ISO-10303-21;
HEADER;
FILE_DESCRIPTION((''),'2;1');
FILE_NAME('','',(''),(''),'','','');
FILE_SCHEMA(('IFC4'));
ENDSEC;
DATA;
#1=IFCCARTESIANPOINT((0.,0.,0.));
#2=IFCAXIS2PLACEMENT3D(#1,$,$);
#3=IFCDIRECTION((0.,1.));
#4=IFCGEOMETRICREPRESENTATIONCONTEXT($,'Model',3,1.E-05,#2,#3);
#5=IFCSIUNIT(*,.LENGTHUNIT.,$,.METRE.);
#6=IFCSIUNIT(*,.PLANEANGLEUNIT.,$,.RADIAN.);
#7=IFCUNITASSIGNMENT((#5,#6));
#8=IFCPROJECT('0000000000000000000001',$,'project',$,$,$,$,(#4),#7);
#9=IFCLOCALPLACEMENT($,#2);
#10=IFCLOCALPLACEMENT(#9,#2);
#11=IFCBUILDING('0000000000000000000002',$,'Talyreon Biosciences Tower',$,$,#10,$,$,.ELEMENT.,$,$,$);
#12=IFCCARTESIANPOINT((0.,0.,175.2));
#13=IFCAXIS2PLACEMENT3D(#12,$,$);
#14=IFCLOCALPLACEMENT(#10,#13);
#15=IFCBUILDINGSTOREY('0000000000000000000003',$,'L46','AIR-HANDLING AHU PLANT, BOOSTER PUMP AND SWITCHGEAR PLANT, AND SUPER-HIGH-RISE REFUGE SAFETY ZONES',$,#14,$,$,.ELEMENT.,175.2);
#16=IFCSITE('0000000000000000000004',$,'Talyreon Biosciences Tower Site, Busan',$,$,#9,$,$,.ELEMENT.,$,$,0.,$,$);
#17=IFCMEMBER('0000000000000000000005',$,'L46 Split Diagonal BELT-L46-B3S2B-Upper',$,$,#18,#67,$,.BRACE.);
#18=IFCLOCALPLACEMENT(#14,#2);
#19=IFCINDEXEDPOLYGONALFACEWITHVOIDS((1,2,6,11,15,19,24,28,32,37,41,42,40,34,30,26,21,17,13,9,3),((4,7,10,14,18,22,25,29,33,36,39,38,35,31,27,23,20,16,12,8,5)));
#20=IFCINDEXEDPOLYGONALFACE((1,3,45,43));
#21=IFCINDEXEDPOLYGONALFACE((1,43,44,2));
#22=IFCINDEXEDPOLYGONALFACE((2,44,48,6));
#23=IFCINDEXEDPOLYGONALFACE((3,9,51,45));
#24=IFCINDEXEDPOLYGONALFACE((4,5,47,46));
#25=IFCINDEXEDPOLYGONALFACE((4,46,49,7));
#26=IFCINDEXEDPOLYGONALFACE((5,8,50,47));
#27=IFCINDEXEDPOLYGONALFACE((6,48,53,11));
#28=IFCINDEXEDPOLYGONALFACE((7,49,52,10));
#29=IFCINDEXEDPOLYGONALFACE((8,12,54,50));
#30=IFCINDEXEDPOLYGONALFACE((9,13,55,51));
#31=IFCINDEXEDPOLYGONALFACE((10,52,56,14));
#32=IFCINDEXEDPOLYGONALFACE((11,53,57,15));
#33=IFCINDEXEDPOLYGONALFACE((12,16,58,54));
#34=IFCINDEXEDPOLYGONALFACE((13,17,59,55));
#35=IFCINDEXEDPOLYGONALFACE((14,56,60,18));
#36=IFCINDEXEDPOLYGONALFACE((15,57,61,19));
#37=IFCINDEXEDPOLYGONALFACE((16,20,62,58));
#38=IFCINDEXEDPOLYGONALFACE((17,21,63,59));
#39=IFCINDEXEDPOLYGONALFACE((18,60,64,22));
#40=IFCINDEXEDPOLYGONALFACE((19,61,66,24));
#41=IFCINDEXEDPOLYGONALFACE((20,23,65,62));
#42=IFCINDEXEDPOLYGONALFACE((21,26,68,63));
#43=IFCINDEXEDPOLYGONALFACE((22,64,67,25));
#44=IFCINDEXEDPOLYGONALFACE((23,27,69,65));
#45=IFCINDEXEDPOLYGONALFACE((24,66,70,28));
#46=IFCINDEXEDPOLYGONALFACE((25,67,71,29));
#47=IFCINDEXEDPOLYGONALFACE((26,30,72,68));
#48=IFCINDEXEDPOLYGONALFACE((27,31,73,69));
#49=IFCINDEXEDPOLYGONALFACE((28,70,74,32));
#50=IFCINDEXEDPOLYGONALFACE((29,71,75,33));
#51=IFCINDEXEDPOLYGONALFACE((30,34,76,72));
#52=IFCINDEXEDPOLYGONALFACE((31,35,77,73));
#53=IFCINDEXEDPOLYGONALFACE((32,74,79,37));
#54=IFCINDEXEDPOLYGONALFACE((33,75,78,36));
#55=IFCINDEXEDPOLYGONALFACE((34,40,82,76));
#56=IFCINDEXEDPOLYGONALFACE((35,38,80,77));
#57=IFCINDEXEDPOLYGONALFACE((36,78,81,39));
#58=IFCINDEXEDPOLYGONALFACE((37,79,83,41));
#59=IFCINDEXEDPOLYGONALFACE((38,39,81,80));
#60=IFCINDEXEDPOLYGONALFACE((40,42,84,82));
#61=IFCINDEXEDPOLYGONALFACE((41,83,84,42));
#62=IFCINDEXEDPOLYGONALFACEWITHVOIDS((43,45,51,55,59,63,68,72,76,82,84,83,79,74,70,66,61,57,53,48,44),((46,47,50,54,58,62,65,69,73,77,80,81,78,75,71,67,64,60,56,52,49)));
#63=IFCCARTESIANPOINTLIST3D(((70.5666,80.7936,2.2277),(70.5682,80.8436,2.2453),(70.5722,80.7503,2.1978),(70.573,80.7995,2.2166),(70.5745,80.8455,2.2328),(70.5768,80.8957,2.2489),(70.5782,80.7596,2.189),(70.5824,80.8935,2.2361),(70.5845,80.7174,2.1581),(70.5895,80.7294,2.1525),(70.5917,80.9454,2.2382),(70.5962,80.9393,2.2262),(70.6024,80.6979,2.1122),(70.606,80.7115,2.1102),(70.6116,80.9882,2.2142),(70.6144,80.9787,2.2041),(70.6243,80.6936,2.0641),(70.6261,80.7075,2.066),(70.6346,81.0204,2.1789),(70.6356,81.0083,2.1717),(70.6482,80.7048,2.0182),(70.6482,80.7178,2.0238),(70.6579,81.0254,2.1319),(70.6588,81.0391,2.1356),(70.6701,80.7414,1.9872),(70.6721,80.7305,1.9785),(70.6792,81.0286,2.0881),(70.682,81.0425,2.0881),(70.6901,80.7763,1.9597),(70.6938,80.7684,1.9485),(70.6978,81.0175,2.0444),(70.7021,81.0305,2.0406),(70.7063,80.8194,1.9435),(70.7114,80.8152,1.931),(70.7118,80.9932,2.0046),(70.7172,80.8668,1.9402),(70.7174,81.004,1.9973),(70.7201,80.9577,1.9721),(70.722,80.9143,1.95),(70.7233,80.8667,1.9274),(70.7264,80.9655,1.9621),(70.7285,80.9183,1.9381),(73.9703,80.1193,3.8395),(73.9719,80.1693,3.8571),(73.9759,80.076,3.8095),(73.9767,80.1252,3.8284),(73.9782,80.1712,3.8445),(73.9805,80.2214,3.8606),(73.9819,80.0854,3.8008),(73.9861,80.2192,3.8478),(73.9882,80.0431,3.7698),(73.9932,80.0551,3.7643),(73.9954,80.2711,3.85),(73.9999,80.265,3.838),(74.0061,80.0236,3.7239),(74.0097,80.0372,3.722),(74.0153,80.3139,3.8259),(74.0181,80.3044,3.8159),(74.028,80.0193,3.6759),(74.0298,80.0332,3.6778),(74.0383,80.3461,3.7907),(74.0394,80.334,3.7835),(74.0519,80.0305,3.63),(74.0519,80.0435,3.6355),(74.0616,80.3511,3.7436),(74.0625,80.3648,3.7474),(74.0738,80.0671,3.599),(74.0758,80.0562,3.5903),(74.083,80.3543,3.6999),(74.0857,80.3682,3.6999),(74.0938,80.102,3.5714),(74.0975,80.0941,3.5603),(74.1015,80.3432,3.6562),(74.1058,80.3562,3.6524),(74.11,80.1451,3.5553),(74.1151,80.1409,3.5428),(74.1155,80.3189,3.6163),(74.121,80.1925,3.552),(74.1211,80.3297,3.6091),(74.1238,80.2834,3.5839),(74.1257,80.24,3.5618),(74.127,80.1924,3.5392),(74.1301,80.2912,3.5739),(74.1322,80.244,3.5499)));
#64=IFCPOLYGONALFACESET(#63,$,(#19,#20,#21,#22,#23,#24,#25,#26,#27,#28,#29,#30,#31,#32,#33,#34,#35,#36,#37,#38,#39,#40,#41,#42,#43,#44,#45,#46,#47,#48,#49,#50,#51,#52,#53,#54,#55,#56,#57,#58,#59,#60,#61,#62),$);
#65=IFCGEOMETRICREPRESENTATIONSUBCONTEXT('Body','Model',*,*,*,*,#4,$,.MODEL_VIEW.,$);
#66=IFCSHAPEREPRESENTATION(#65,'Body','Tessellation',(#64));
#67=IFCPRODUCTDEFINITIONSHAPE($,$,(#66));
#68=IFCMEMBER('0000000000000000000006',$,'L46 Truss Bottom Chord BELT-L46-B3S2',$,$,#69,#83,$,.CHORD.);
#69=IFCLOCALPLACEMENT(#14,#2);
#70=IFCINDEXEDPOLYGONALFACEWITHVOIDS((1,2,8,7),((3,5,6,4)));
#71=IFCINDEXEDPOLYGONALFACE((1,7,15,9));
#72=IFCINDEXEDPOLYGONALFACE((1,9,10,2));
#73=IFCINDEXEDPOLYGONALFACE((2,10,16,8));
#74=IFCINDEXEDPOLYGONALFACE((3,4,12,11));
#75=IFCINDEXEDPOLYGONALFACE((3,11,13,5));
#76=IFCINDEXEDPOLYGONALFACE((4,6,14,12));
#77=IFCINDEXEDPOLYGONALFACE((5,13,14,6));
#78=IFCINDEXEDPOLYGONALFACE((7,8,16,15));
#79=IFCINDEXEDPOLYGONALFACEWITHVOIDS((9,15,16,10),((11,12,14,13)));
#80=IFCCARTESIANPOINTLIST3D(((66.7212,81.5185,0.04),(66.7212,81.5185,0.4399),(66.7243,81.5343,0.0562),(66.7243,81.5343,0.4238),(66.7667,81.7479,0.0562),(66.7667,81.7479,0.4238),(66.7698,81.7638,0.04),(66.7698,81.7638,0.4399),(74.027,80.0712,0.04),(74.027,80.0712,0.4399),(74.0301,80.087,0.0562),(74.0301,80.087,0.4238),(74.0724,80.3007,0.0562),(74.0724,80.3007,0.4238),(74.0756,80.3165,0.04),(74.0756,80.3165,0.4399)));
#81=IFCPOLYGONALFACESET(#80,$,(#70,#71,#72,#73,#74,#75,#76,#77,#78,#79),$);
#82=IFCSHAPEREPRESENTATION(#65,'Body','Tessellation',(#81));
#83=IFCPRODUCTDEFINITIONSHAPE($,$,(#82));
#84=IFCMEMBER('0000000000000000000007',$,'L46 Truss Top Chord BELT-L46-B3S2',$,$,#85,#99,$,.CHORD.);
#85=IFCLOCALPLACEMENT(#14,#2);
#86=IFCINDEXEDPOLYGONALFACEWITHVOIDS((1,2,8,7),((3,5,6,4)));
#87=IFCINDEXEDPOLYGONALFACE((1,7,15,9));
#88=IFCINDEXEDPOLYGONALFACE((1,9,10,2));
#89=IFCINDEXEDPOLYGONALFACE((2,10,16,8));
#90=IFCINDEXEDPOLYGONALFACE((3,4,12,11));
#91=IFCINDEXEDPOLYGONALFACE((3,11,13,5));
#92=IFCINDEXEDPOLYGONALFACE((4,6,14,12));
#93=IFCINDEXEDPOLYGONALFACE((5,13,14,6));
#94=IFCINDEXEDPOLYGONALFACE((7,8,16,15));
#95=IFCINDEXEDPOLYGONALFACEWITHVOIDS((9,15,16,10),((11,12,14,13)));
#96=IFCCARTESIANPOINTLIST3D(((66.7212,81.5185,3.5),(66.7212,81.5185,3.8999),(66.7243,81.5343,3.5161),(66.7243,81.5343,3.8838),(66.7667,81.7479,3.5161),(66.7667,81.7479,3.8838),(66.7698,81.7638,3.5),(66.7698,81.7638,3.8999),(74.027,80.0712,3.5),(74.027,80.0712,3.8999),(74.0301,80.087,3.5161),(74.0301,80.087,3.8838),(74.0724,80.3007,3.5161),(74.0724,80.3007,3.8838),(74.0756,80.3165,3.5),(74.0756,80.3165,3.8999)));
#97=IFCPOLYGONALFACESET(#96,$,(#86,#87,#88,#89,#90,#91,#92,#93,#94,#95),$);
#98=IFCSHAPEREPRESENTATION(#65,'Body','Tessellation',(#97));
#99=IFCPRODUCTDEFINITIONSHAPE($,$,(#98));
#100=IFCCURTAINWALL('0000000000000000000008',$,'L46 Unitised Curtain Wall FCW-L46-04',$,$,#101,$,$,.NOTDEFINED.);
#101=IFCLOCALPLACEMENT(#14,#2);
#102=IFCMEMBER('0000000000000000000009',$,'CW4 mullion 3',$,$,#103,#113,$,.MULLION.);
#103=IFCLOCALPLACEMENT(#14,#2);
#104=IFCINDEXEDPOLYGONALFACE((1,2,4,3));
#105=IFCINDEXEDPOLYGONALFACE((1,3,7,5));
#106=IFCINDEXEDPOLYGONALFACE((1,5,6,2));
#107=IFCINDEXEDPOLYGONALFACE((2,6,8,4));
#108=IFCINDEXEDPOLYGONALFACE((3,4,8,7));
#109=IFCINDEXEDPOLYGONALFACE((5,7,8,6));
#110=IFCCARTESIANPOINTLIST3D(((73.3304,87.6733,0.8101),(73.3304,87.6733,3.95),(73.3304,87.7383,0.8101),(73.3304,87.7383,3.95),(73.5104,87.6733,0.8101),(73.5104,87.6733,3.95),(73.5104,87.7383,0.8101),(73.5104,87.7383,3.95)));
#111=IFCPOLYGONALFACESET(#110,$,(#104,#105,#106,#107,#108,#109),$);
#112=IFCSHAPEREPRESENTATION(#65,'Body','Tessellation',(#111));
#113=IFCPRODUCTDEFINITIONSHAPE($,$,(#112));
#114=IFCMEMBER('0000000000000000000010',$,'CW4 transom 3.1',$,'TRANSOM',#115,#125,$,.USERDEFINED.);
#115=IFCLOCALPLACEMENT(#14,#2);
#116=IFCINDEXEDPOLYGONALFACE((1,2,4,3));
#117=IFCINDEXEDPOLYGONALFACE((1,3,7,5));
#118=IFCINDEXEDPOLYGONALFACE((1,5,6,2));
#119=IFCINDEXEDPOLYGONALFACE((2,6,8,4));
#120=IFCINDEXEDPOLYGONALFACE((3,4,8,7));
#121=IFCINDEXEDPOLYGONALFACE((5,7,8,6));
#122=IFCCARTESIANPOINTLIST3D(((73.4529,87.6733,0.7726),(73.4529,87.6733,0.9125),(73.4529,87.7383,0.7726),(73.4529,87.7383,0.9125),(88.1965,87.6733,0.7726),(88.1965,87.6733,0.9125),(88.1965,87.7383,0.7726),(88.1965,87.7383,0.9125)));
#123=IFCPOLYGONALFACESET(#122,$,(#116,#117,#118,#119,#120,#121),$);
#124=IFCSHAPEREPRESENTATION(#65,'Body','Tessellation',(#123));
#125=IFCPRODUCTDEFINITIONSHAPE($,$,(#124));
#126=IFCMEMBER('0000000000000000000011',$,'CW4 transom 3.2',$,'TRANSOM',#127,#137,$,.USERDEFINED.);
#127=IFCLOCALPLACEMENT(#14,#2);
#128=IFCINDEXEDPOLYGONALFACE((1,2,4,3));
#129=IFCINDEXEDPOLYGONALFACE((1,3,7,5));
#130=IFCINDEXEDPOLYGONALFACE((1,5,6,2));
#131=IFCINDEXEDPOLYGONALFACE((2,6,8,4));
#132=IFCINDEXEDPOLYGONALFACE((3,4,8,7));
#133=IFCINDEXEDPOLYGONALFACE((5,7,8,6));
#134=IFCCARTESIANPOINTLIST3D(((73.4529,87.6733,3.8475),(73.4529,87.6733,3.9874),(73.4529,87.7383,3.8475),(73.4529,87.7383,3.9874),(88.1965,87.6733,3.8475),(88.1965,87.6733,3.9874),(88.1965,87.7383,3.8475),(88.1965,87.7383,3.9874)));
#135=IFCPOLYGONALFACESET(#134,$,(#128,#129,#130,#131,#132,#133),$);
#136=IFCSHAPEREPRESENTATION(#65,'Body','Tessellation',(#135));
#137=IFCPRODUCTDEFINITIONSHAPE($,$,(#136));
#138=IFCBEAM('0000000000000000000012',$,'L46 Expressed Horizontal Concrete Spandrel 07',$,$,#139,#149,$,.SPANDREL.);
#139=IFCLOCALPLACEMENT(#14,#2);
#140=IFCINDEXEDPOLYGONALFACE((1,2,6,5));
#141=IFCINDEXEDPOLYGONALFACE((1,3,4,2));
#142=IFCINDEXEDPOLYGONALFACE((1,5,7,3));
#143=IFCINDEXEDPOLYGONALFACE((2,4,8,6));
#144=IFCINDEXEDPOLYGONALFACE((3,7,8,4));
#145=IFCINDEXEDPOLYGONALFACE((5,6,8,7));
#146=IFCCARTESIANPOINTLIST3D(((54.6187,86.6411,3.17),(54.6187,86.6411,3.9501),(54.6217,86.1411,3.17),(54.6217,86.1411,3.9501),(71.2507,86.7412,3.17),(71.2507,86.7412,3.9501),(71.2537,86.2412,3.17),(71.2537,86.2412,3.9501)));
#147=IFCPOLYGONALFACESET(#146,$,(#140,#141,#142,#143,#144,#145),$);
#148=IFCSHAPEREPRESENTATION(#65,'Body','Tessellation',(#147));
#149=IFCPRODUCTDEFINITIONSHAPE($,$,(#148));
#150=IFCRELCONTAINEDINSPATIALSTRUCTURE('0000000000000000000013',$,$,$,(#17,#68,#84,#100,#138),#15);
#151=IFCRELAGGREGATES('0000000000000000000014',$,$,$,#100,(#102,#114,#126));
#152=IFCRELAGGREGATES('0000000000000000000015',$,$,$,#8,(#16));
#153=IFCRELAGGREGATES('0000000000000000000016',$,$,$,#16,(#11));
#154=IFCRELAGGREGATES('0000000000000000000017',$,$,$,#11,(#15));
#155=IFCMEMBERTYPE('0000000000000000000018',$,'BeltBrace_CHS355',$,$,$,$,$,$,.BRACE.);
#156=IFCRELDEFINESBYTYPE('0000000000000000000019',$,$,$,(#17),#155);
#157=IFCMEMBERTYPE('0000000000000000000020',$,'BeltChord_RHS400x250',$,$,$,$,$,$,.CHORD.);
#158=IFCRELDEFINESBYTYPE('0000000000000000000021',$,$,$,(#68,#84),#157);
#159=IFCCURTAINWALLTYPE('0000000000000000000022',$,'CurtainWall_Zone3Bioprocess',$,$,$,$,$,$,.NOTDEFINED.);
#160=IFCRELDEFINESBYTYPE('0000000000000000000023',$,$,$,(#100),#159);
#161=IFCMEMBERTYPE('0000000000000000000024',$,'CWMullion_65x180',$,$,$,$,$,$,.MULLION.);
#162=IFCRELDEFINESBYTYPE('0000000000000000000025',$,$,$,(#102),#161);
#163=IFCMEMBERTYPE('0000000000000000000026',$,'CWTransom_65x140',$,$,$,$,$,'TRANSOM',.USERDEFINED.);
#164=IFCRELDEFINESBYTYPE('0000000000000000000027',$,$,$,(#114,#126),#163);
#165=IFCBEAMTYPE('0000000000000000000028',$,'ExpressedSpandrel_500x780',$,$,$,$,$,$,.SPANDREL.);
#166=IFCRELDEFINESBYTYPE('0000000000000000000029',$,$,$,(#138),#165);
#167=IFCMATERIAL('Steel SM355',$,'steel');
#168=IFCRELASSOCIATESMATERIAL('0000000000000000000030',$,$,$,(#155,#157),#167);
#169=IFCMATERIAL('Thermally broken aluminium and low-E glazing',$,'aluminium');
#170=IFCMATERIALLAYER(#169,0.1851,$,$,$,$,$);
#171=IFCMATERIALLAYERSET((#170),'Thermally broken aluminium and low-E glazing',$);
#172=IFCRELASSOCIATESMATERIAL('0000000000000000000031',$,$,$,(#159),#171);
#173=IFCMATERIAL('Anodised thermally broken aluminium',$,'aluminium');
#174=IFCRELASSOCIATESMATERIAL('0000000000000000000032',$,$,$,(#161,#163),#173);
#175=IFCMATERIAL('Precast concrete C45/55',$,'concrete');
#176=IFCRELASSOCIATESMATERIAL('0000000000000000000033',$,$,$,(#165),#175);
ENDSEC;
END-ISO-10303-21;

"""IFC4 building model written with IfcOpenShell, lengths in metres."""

from ifc_helpers import new_model, si_unit, direction, frame, origin, origin_2d, place, context, subcontext, project, spatial, rectangle, hollow_rectangle, hollow_circle, extrude, material, layer, layer_set, material_profile, profile_set, type_object, element, aggregate, save


model = new_model("IFC4")

# Units and contexts
model_context = context("Model", 3, precision=1e-05, world=origin(), true_north=direction((0.0, 1.0)))
body_context = subcontext(model_context, "Body", "Model", "MODEL_VIEW")
ifc_project = project(units=[si_unit("LENGTHUNIT", "METRE"), si_unit("PLANEANGLEUNIT", "RADIAN")], contexts=[model_context])

# Site, building, storey
site_placement = place(None, origin())
site = spatial("IfcSite", under=ifc_project, at=site_placement, Name="Talyreon Biosciences Tower Site, Busan", CompositionType="ELEMENT", RefElevation=0.0)
building_placement = place(site_placement, origin())
building = spatial("IfcBuilding", under=site, at=building_placement, Name="Talyreon Biosciences Tower", CompositionType="ELEMENT")
storey_placement = place(building_placement, frame((0.0, 0.0, 175.2)))
storey = spatial("IfcBuildingStorey", under=building, at=storey_placement, Name="L46", Description="AIR-HANDLING AHU PLANT, BOOSTER PUMP AND SWITCHGEAR PLANT, AND SUPER-HIGH-RISE REFUGE SAFETY ZONES", CompositionType="ELEMENT", Elevation=175.2)

# Shared definitions
ifc_material_1 = material(Name="Precast concrete C45/55", Category="concrete")

# Members
ifc_material_2 = material(Name="Steel SM355", Category="steel")
ifc_material_profile_1 = material_profile(ifc_material_2, hollow_circle(Radius=0.1777, WallThickness=0.0142, at=origin_2d()), Name="CHS 355.6x14.2")
ifc_profile_set_1 = profile_set([ifc_material_profile_1], Name="Steel SM355")
member_type_1 = type_object("IfcMemberType", Name="BeltBrace_CHS355", PredefinedType="BRACE", material=ifc_profile_set_1)
for number, where, z_axis, x_axis, name in (
    (1, (70.6475, 80.8682, 2.0881), (0.889643, -0.176244, 0.421276), (0.19433, 0.980936, 0.0), "L46 Split Diagonal BELT-L46-B3S2B-Upper"),
):
    element("IfcMember", number, at=place(storey_placement, frame(where, z_axis=z_axis, x_axis=x_axis)), inside=storey, type_object=member_type_1, Name=name, PredefinedType="BRACE", context=body_context, shape_type="SweptSolid", body=[
        extrude(hollow_circle(Radius=0.1777, WallThickness=0.0142, at=origin_2d()), origin(), (0.0, 0.0, 1.0), 3.8259),
    ])
ifc_material_profile_2 = material_profile(ifc_material_2, hollow_rectangle(XDim=0.25, YDim=0.3999, WallThickness=0.0161, at=origin_2d()), Name="RHS 400x250x16")
ifc_profile_set_2 = profile_set([ifc_material_profile_2], Name="Steel SM355")
member_type_2 = type_object("IfcMemberType", Name="BeltChord_RHS400x250", PredefinedType="CHORD", material=ifc_profile_set_2)
for number, where, z_axis, x_axis, name in (
    (2, (74.0513, 80.1938, 0.24), (-0.980937, 0.194325, 0.0), (-0.194325, -0.980937, 0.0), "L46 Truss Bottom Chord BELT-L46-B3S2"),
    (3, (74.0513, 80.1938, 3.7), (-0.980937, 0.194325, 0.0), (-0.194325, -0.980937, 0.0), "L46 Truss Top Chord BELT-L46-B3S2"),
):
    element("IfcMember", number, at=place(storey_placement, frame(where, z_axis=z_axis, x_axis=x_axis)), inside=storey, type_object=member_type_2, Name=name, PredefinedType="CHORD", context=body_context, shape_type="SweptSolid", body=[
        extrude(hollow_rectangle(XDim=0.25, YDim=0.3999, WallThickness=0.0161, at=origin_2d()), origin(), (0.0, 0.0, 1.0), 7.4478),
    ])

# Curtain wall, members
ifc_material_3 = material(Name="Thermally broken aluminium and low-E glazing", Category="aluminium")
ifc_layer_1 = layer(ifc_material_3, 0.1851)
ifc_layer_set_1 = layer_set([ifc_layer_1], Name="Thermally broken aluminium and low-E glazing")
curtain_wall_type = type_object("IfcCurtainWallType", Name="CurtainWall_Zone3Bioprocess", PredefinedType="NOTDEFINED", material=ifc_layer_set_1)
curtain_wall_placement = place(storey_placement, origin())
curtain_wall = element("IfcCurtainWall", 4, at=curtain_wall_placement, inside=storey, type_object=curtain_wall_type, Name="L46 Unitised Curtain Wall FCW-L46-04", PredefinedType="NOTDEFINED")
ifc_material_4 = material(Name="Anodised thermally broken aluminium", Category="aluminium")
ifc_material_profile_3 = material_profile(ifc_material_4, rectangle(XDim=0.0649, YDim=0.1799, at=origin_2d()), Name="ALUM MULLION 65x180")
ifc_profile_set_3 = profile_set([ifc_material_profile_3], Name="Anodised thermally broken aluminium")
member_type_3 = type_object("IfcMemberType", Name="CWMullion_65x180", PredefinedType="MULLION", material=ifc_profile_set_3)
member_1_placement = place(storey_placement, frame((73.4204, 87.7058, 0.8101), z_axis=(0.0, 0.0, 1.0), x_axis=(0.0, 1.0, 0.0)))
member_1 = element("IfcMember", 5, at=member_1_placement, type_object=member_type_3, Name="CW4 mullion 3", PredefinedType="MULLION", context=body_context, shape_type="SweptSolid", body=[
    extrude(rectangle(XDim=0.0649, YDim=0.1799, at=origin_2d()), origin(), (0.0, 0.0, 1.0), 3.1399),
])
ifc_material_profile_4 = material_profile(ifc_material_4, rectangle(XDim=0.0649, YDim=0.1399, at=origin_2d()), Name="ALUM TRANSOM 65x140")
ifc_profile_set_4 = profile_set([ifc_material_profile_4], Name="Anodised thermally broken aluminium")
member_type_4 = type_object("IfcMemberType", Name="CWTransom_65x140", ElementType="TRANSOM", PredefinedType="USERDEFINED", material=ifc_profile_set_4)
member_2_placement = place(storey_placement, frame((73.4529, 87.7058, 0.8425), z_axis=(1.0, 0.0, 0.0), x_axis=(0.0, 1.0, 0.0)))
member_2 = element("IfcMember", 6, at=member_2_placement, type_object=member_type_4, Name="CW4 transom 3.1", ObjectType="TRANSOM", PredefinedType="USERDEFINED", context=body_context, shape_type="SweptSolid", body=[
    extrude(rectangle(XDim=0.0649, YDim=0.1399, at=origin_2d()), origin(), (0.0, 0.0, 1.0), 14.7437),
])
member_3_placement = place(storey_placement, frame((73.4529, 87.7058, 3.9175), z_axis=(1.0, 0.0, 0.0), x_axis=(0.0, 1.0, 0.0)))
member_3 = element("IfcMember", 7, at=member_3_placement, type_object=member_type_4, Name="CW4 transom 3.2", ObjectType="TRANSOM", PredefinedType="USERDEFINED", context=body_context, shape_type="SweptSolid", body=[
    extrude(rectangle(XDim=0.0649, YDim=0.1399, at=origin_2d()), origin(), (0.0, 0.0, 1.0), 14.7437),
])

# Beam
ifc_material_profile_5 = material_profile(ifc_material_1, rectangle(XDim=0.5, YDim=0.78, at=origin_2d()), Name="RCB 500x780")
ifc_profile_set_5 = profile_set([ifc_material_profile_5], Name="Precast concrete C45/55")
beam_type_1 = type_object("IfcBeamType", Name="ExpressedSpandrel_500x780", PredefinedType="SPANDREL", material=ifc_profile_set_5)
beam_1_placement = place(storey_placement, frame((71.2522, 86.4912, 3.5601), z_axis=(-0.999982, -0.006018, 0.0), x_axis=(0.006018, -0.999982, 0.0)))
element("IfcBeam", 8, at=beam_1_placement, inside=storey, type_object=beam_type_1, Name="L46 Expressed Horizontal Concrete Spandrel 07", PredefinedType="SPANDREL", context=body_context, shape_type="SweptSolid", body=[
    extrude(rectangle(XDim=0.5, YDim=0.78, at=origin_2d()), origin(), (0.0, 0.0, 1.0), 16.6323),
])

aggregate(curtain_wall, [member_1, member_2, member_3])

save(model, "model.ifc")
